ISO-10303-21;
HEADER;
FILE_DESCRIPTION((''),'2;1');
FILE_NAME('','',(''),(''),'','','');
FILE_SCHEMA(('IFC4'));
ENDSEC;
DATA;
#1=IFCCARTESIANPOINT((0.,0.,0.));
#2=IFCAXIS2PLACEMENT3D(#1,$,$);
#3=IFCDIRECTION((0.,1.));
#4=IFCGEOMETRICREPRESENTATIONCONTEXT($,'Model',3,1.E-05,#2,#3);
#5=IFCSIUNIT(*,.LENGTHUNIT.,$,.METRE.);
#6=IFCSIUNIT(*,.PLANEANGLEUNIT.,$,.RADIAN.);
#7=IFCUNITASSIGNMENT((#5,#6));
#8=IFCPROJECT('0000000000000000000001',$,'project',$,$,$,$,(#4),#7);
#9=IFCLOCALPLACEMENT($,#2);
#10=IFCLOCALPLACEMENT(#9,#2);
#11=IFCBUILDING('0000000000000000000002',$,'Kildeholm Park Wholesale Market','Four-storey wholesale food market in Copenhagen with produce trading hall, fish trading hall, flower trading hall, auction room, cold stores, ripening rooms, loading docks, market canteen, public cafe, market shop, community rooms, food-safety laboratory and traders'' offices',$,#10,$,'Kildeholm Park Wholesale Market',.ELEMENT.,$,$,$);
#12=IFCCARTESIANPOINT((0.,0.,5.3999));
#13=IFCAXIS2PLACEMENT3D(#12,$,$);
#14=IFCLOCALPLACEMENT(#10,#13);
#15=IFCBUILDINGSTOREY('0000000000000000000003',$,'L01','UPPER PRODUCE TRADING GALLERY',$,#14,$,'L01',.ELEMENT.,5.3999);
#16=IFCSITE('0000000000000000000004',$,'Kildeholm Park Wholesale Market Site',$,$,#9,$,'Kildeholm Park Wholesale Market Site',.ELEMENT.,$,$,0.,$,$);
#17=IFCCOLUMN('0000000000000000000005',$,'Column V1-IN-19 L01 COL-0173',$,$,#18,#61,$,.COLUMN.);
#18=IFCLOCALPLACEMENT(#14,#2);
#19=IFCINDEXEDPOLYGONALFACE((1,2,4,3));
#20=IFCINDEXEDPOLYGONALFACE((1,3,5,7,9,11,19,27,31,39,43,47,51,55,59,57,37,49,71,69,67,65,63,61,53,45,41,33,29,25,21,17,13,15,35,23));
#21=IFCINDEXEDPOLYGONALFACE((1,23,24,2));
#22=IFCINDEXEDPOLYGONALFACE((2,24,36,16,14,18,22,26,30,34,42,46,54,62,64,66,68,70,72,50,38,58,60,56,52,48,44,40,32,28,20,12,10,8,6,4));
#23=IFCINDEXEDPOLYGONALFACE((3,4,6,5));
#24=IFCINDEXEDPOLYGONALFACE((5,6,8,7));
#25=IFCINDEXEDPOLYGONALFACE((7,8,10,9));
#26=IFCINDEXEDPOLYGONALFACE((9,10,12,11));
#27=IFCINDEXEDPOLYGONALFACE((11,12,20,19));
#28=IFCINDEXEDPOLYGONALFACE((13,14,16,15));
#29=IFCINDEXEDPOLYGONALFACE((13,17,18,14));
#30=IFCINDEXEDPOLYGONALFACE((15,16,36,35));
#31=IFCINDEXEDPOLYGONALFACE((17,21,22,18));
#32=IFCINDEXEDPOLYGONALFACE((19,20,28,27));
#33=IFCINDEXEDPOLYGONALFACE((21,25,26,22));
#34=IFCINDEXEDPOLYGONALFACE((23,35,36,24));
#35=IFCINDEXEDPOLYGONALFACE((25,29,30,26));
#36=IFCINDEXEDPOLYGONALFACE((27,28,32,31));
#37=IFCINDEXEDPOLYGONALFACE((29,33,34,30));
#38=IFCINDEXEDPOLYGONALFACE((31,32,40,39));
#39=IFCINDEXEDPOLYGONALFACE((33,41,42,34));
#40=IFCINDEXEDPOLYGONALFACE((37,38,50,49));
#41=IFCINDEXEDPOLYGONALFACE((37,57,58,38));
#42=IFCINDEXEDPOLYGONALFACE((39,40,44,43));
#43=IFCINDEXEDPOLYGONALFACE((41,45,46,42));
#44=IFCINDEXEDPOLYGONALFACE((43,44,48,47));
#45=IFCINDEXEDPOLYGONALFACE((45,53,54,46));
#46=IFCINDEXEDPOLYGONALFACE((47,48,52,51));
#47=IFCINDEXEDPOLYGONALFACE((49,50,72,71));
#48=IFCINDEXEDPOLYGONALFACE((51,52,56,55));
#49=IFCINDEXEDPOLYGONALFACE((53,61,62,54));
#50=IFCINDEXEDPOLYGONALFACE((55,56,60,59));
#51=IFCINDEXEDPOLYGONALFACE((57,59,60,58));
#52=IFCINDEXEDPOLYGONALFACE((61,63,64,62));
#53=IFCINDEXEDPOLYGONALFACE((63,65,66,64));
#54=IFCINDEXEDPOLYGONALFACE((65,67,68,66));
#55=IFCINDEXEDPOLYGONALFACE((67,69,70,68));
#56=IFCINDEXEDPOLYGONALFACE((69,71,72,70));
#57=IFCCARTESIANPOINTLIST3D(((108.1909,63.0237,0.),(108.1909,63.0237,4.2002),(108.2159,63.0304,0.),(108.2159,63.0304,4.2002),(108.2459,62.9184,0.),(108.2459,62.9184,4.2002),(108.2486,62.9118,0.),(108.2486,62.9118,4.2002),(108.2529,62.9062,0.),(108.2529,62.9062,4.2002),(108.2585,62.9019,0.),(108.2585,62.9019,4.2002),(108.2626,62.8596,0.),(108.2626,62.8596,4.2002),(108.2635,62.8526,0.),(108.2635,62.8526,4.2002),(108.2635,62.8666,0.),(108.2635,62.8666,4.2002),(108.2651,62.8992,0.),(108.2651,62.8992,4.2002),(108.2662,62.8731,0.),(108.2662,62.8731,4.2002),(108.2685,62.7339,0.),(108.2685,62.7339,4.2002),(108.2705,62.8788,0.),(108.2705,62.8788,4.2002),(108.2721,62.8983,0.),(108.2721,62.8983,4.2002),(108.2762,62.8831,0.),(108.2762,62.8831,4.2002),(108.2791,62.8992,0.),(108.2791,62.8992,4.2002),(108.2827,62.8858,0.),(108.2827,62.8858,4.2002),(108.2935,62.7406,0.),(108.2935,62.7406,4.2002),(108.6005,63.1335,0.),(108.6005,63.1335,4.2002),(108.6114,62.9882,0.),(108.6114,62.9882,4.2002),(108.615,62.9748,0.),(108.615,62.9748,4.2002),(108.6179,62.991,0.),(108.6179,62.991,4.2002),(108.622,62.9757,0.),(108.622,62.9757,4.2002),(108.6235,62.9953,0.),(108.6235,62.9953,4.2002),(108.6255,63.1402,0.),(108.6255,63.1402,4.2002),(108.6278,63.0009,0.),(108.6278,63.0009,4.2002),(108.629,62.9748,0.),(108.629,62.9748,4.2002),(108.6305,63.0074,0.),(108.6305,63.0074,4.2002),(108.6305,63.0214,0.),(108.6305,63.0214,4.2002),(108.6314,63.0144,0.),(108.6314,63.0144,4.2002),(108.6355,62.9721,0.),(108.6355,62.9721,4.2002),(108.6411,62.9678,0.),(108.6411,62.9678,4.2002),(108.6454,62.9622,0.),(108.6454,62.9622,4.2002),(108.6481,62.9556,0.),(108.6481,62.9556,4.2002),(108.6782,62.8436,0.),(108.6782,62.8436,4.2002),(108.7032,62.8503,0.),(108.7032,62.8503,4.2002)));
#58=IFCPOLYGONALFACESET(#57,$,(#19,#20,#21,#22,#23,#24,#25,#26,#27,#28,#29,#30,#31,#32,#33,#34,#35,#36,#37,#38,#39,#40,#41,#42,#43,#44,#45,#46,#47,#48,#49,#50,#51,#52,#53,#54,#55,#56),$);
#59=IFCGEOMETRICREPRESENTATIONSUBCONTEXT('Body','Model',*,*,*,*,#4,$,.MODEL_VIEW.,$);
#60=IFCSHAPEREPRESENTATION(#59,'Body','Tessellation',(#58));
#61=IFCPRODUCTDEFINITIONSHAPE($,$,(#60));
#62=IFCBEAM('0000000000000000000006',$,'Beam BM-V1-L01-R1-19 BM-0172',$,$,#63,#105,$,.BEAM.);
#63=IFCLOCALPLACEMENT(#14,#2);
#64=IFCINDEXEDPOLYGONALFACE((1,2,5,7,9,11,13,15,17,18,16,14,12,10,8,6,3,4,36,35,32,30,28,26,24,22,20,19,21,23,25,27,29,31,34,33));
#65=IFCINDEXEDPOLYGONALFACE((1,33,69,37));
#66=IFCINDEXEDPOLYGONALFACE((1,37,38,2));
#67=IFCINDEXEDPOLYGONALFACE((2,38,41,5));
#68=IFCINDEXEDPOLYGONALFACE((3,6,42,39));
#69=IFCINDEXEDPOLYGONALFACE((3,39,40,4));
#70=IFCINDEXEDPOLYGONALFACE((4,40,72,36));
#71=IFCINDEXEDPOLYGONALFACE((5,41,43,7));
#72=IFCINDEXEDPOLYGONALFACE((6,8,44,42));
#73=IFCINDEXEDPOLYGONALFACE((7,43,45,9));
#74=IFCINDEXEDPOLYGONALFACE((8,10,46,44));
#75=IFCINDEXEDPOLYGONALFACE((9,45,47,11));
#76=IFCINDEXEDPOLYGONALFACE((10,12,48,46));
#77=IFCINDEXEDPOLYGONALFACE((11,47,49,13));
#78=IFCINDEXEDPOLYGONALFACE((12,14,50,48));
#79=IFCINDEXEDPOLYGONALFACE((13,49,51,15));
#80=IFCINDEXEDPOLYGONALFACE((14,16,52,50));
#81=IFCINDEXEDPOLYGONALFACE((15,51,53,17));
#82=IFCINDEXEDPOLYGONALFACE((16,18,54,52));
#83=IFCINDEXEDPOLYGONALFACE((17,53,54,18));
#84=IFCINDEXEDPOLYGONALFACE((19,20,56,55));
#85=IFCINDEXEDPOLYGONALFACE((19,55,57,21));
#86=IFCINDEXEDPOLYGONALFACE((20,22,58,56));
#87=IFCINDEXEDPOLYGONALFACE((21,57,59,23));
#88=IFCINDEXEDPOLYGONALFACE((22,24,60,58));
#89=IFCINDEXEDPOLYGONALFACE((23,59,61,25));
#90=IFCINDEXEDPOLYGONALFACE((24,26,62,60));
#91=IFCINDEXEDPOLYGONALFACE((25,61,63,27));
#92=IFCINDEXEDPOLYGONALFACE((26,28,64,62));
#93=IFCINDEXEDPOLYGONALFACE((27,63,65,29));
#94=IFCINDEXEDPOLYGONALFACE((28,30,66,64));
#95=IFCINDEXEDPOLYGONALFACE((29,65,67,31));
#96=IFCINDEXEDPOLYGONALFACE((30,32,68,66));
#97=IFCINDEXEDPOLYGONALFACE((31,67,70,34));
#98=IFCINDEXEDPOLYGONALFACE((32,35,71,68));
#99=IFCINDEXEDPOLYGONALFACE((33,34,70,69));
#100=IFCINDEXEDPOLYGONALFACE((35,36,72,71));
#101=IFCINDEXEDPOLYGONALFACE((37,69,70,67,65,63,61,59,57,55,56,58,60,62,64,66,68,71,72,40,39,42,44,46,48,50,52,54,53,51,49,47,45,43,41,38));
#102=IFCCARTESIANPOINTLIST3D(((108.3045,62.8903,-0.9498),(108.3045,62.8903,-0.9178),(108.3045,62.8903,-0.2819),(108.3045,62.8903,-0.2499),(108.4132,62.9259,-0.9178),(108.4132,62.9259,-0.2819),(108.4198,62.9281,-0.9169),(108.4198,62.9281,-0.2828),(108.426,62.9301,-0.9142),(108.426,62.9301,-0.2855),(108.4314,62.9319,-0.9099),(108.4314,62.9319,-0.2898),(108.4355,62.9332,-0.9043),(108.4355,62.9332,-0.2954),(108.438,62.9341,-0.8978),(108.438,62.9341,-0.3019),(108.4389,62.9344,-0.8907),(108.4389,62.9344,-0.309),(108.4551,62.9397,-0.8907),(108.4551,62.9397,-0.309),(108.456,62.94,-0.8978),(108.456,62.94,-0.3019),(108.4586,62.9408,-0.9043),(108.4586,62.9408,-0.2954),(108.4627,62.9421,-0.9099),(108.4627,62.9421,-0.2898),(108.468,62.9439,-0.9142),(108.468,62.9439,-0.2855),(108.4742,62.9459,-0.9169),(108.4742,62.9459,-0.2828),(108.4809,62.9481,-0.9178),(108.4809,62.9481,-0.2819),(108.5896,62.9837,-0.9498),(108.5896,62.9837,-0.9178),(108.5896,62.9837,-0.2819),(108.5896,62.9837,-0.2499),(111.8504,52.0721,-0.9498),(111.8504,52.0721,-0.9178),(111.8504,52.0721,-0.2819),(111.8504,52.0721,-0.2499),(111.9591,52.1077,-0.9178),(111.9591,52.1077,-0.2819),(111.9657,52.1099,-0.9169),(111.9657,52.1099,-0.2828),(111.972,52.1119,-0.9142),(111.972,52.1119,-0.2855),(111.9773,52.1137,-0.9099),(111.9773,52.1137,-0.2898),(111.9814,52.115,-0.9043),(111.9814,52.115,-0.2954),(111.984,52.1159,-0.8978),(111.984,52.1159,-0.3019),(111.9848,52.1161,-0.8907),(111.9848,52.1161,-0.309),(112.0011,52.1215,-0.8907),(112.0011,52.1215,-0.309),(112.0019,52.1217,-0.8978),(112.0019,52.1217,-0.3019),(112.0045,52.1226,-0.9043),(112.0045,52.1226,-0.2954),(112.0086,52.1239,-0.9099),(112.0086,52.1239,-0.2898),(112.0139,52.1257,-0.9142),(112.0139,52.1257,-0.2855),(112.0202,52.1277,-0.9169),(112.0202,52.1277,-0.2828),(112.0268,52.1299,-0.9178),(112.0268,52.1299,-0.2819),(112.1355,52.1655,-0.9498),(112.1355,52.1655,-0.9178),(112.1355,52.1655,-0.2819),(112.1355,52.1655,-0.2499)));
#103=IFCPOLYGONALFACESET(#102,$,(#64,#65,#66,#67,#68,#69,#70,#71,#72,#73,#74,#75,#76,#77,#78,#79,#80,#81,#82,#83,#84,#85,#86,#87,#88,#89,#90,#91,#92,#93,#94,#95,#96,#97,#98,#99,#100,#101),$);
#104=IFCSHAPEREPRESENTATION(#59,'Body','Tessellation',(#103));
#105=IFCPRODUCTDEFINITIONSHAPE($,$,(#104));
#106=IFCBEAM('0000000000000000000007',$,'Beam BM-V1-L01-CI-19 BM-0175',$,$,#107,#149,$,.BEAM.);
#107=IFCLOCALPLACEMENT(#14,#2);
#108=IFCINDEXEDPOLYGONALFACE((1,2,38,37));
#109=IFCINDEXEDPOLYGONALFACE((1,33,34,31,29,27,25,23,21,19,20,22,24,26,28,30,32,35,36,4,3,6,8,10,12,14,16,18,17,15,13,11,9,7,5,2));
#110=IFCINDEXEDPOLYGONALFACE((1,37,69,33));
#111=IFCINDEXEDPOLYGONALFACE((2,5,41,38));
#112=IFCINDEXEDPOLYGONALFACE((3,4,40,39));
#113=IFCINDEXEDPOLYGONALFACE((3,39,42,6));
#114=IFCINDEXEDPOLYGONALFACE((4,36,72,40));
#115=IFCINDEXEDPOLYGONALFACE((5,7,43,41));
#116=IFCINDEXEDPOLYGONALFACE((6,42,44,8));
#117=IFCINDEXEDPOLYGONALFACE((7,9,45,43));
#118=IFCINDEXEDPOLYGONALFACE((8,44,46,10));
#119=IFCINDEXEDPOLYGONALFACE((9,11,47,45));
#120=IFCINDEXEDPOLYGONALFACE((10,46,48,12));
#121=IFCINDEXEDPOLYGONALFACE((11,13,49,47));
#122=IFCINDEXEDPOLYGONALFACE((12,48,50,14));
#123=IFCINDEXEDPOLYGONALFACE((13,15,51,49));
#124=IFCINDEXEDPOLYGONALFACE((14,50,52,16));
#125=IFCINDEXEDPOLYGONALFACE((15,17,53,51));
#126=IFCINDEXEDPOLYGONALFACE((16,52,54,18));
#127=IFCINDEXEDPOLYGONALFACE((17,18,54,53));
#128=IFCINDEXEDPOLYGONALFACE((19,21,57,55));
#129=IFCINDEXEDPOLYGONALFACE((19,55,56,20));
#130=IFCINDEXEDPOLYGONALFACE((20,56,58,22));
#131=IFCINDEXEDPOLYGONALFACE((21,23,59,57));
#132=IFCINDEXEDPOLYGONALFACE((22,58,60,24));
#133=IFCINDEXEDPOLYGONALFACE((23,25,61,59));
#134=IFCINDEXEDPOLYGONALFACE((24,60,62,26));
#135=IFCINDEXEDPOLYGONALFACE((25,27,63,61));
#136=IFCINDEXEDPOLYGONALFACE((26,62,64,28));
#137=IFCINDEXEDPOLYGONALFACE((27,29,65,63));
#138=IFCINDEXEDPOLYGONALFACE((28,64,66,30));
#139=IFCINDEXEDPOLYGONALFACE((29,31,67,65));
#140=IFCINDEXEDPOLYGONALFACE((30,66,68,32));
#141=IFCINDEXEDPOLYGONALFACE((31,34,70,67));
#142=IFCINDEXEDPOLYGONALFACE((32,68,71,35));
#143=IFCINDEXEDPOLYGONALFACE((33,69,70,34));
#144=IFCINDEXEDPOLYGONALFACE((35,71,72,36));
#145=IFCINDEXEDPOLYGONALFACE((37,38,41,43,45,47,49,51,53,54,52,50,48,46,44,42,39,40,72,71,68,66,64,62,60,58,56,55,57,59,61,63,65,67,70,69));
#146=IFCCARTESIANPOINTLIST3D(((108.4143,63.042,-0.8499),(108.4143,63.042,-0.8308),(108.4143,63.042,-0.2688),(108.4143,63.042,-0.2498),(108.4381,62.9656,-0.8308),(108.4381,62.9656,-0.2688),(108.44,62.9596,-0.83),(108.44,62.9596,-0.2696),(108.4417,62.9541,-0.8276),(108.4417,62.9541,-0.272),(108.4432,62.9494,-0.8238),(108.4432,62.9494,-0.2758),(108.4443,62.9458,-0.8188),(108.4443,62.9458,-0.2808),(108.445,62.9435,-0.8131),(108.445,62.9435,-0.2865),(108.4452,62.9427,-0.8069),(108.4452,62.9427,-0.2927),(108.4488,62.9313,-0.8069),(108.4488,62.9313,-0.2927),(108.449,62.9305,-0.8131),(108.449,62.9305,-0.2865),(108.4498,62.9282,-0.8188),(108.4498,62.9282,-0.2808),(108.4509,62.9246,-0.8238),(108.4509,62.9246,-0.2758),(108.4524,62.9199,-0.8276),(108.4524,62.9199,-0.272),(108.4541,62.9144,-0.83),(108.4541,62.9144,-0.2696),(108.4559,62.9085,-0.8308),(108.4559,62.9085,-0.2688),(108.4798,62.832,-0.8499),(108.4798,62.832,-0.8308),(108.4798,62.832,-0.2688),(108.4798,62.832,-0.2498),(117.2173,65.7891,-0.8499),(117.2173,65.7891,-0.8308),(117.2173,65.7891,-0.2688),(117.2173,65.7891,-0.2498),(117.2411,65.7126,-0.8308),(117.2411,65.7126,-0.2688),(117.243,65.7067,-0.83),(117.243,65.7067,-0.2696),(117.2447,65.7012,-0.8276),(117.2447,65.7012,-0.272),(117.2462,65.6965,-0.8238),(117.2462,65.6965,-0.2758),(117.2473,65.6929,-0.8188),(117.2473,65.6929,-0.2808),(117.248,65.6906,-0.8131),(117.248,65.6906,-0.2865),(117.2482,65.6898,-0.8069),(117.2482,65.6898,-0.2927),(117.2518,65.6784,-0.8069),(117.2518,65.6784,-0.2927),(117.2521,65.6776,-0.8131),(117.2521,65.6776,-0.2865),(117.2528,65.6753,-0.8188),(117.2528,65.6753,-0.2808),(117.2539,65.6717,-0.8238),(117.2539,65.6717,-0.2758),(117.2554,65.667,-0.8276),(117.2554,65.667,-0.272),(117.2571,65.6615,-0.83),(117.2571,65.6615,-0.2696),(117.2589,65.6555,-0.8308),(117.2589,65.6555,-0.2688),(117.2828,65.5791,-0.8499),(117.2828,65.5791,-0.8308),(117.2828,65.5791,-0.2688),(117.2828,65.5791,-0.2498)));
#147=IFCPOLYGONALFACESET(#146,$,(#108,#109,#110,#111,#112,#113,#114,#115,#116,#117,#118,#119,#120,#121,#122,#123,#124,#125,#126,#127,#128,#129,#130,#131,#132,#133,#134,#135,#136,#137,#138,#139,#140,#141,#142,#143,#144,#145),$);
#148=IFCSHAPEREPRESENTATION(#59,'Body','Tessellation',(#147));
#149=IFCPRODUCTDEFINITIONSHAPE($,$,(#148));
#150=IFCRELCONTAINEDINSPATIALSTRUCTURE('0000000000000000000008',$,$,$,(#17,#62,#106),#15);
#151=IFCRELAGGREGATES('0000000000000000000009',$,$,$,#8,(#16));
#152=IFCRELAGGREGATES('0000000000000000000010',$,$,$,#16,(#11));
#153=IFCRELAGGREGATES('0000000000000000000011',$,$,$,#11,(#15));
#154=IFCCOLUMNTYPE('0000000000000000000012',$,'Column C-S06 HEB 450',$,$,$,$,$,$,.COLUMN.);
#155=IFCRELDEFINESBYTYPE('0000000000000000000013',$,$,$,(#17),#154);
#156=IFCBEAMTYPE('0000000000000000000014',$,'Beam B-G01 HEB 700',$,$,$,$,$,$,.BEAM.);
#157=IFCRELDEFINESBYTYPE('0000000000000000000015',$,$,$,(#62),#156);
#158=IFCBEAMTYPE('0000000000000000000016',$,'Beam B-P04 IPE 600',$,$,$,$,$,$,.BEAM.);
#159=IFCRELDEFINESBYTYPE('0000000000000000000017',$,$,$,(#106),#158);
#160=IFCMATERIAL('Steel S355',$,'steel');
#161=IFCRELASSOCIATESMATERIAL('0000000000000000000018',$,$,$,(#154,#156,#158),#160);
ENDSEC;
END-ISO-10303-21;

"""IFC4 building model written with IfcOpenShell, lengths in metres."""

from ifc_helpers import new_model, si_unit, direction, frame, origin, origin_2d, place, context, subcontext, project, spatial, i_section, extrude, material, material_profile, profile_set, type_object, element, save


model = new_model("IFC4")

# Units and contexts
model_context = context("Model", 3, precision=1e-05, world=origin(), true_north=direction((0.0, 1.0)))
body_context = subcontext(model_context, "Body", "Model", "MODEL_VIEW")
ifc_project = project(units=[si_unit("LENGTHUNIT", "METRE"), si_unit("PLANEANGLEUNIT", "RADIAN")], contexts=[model_context])

# Site, building, storey
site_placement = place(None, origin())
site = spatial("IfcSite", under=ifc_project, at=site_placement, Name="Kildeholm Park Wholesale Market Site", LongName="Kildeholm Park Wholesale Market Site", CompositionType="ELEMENT", RefElevation=0.0)
building_placement = place(site_placement, origin())
building = spatial("IfcBuilding", under=site, at=building_placement, Name="Kildeholm Park Wholesale Market", Description="Four-storey wholesale food market in Copenhagen with produce trading hall, fish trading hall, flower trading hall, auction room, cold stores, ripening rooms, loading docks, market canteen, public cafe, market shop, community rooms, food-safety laboratory and traders' offices", LongName="Kildeholm Park Wholesale Market", CompositionType="ELEMENT")
storey_placement = place(building_placement, frame((0.0, 0.0, 5.3999)))
storey = spatial("IfcBuildingStorey", under=building, at=storey_placement, Name="L01", Description="UPPER PRODUCE TRADING GALLERY", LongName="L01", CompositionType="ELEMENT", Elevation=5.3999)

# Column
ifc_material_1 = material(Name="Steel S355", Category="steel")
ifc_material_profile_1 = material_profile(ifc_material_1, i_section(OverallWidth=0.3, OverallDepth=0.45, WebThickness=0.0139, FlangeThickness=0.0259, FilletRadius=0.0271, at=origin_2d()), Name="HEB 450")
ifc_profile_set_1 = profile_set([ifc_material_profile_1], Name="Steel S355")
column_type = type_object("IfcColumnType", Name="Column C-S06 HEB 450", PredefinedType="COLUMN", material=ifc_profile_set_1)
column_placement = place(storey_placement, frame((108.447, 62.937, 0.0), z_axis=(0.0, 0.0, 1.0), x_axis=(0.258819, -0.965926, 0.0)))
element("IfcColumn", 1, at=column_placement, inside=storey, type_object=column_type, Name="Column V1-IN-19 L01 COL-0173", PredefinedType="COLUMN", context=body_context, shape_type="SweptSolid", body=[
    extrude(i_section(OverallWidth=0.3, OverallDepth=0.45, WebThickness=0.0139, FlangeThickness=0.0259, FilletRadius=0.0271, at=origin_2d()), origin(), (0.0, 0.0, 1.0), 4.2002),
])

# Beams
ifc_material_profile_2 = material_profile(ifc_material_1, i_section(OverallWidth=0.3, OverallDepth=0.7, WebThickness=0.0171, FlangeThickness=0.032, FilletRadius=0.0271, at=origin_2d()), Name="HEB 700")
ifc_profile_set_2 = profile_set([ifc_material_profile_2], Name="Steel S355")
beam_type_1 = type_object("IfcBeamType", Name="Beam B-G01 HEB 700", PredefinedType="BEAM", material=ifc_profile_set_2)
beam_1_placement = place(storey_placement, frame((108.447, 62.937, -0.5999), z_axis=(0.311469, -0.950256, 0.0), x_axis=(0.950256, 0.311469, 0.0)))
element("IfcBeam", 2, at=beam_1_placement, inside=storey, type_object=beam_type_1, Name="Beam BM-V1-L01-R1-19 BM-0172", PredefinedType="BEAM", context=body_context, shape_type="SweptSolid", body=[
    extrude(i_section(OverallWidth=0.3, OverallDepth=0.7, WebThickness=0.0171, FlangeThickness=0.032, FilletRadius=0.0271, at=origin_2d()), origin(), (0.0, 0.0, 1.0), 11.3845),
])
ifc_material_profile_3 = material_profile(ifc_material_1, i_section(OverallWidth=0.22, OverallDepth=0.6001, WebThickness=0.012, FlangeThickness=0.019, FilletRadius=0.0239, at=origin_2d()), Name="IPE 600")
ifc_profile_set_3 = profile_set([ifc_material_profile_3], Name="Steel S355")
beam_type_2 = type_object("IfcBeamType", Name="Beam B-P04 IPE 600", PredefinedType="BEAM", material=ifc_profile_set_3)
beam_2_placement = place(storey_placement, frame((108.447, 62.937, -0.5498), z_axis=(0.954599, 0.297894, 0.0), x_axis=(-0.297894, 0.954599, 0.0)))
element("IfcBeam", 3, at=beam_2_placement, inside=storey, type_object=beam_type_2, Name="Beam BM-V1-L01-CI-19 BM-0175", PredefinedType="BEAM", context=body_context, shape_type="SweptSolid", body=[
    extrude(i_section(OverallWidth=0.22, OverallDepth=0.6001, WebThickness=0.012, FlangeThickness=0.019, FilletRadius=0.0239, at=origin_2d()), origin(), (0.0, 0.0, 1.0), 9.2217),
])

save(model, "model.ifc")
